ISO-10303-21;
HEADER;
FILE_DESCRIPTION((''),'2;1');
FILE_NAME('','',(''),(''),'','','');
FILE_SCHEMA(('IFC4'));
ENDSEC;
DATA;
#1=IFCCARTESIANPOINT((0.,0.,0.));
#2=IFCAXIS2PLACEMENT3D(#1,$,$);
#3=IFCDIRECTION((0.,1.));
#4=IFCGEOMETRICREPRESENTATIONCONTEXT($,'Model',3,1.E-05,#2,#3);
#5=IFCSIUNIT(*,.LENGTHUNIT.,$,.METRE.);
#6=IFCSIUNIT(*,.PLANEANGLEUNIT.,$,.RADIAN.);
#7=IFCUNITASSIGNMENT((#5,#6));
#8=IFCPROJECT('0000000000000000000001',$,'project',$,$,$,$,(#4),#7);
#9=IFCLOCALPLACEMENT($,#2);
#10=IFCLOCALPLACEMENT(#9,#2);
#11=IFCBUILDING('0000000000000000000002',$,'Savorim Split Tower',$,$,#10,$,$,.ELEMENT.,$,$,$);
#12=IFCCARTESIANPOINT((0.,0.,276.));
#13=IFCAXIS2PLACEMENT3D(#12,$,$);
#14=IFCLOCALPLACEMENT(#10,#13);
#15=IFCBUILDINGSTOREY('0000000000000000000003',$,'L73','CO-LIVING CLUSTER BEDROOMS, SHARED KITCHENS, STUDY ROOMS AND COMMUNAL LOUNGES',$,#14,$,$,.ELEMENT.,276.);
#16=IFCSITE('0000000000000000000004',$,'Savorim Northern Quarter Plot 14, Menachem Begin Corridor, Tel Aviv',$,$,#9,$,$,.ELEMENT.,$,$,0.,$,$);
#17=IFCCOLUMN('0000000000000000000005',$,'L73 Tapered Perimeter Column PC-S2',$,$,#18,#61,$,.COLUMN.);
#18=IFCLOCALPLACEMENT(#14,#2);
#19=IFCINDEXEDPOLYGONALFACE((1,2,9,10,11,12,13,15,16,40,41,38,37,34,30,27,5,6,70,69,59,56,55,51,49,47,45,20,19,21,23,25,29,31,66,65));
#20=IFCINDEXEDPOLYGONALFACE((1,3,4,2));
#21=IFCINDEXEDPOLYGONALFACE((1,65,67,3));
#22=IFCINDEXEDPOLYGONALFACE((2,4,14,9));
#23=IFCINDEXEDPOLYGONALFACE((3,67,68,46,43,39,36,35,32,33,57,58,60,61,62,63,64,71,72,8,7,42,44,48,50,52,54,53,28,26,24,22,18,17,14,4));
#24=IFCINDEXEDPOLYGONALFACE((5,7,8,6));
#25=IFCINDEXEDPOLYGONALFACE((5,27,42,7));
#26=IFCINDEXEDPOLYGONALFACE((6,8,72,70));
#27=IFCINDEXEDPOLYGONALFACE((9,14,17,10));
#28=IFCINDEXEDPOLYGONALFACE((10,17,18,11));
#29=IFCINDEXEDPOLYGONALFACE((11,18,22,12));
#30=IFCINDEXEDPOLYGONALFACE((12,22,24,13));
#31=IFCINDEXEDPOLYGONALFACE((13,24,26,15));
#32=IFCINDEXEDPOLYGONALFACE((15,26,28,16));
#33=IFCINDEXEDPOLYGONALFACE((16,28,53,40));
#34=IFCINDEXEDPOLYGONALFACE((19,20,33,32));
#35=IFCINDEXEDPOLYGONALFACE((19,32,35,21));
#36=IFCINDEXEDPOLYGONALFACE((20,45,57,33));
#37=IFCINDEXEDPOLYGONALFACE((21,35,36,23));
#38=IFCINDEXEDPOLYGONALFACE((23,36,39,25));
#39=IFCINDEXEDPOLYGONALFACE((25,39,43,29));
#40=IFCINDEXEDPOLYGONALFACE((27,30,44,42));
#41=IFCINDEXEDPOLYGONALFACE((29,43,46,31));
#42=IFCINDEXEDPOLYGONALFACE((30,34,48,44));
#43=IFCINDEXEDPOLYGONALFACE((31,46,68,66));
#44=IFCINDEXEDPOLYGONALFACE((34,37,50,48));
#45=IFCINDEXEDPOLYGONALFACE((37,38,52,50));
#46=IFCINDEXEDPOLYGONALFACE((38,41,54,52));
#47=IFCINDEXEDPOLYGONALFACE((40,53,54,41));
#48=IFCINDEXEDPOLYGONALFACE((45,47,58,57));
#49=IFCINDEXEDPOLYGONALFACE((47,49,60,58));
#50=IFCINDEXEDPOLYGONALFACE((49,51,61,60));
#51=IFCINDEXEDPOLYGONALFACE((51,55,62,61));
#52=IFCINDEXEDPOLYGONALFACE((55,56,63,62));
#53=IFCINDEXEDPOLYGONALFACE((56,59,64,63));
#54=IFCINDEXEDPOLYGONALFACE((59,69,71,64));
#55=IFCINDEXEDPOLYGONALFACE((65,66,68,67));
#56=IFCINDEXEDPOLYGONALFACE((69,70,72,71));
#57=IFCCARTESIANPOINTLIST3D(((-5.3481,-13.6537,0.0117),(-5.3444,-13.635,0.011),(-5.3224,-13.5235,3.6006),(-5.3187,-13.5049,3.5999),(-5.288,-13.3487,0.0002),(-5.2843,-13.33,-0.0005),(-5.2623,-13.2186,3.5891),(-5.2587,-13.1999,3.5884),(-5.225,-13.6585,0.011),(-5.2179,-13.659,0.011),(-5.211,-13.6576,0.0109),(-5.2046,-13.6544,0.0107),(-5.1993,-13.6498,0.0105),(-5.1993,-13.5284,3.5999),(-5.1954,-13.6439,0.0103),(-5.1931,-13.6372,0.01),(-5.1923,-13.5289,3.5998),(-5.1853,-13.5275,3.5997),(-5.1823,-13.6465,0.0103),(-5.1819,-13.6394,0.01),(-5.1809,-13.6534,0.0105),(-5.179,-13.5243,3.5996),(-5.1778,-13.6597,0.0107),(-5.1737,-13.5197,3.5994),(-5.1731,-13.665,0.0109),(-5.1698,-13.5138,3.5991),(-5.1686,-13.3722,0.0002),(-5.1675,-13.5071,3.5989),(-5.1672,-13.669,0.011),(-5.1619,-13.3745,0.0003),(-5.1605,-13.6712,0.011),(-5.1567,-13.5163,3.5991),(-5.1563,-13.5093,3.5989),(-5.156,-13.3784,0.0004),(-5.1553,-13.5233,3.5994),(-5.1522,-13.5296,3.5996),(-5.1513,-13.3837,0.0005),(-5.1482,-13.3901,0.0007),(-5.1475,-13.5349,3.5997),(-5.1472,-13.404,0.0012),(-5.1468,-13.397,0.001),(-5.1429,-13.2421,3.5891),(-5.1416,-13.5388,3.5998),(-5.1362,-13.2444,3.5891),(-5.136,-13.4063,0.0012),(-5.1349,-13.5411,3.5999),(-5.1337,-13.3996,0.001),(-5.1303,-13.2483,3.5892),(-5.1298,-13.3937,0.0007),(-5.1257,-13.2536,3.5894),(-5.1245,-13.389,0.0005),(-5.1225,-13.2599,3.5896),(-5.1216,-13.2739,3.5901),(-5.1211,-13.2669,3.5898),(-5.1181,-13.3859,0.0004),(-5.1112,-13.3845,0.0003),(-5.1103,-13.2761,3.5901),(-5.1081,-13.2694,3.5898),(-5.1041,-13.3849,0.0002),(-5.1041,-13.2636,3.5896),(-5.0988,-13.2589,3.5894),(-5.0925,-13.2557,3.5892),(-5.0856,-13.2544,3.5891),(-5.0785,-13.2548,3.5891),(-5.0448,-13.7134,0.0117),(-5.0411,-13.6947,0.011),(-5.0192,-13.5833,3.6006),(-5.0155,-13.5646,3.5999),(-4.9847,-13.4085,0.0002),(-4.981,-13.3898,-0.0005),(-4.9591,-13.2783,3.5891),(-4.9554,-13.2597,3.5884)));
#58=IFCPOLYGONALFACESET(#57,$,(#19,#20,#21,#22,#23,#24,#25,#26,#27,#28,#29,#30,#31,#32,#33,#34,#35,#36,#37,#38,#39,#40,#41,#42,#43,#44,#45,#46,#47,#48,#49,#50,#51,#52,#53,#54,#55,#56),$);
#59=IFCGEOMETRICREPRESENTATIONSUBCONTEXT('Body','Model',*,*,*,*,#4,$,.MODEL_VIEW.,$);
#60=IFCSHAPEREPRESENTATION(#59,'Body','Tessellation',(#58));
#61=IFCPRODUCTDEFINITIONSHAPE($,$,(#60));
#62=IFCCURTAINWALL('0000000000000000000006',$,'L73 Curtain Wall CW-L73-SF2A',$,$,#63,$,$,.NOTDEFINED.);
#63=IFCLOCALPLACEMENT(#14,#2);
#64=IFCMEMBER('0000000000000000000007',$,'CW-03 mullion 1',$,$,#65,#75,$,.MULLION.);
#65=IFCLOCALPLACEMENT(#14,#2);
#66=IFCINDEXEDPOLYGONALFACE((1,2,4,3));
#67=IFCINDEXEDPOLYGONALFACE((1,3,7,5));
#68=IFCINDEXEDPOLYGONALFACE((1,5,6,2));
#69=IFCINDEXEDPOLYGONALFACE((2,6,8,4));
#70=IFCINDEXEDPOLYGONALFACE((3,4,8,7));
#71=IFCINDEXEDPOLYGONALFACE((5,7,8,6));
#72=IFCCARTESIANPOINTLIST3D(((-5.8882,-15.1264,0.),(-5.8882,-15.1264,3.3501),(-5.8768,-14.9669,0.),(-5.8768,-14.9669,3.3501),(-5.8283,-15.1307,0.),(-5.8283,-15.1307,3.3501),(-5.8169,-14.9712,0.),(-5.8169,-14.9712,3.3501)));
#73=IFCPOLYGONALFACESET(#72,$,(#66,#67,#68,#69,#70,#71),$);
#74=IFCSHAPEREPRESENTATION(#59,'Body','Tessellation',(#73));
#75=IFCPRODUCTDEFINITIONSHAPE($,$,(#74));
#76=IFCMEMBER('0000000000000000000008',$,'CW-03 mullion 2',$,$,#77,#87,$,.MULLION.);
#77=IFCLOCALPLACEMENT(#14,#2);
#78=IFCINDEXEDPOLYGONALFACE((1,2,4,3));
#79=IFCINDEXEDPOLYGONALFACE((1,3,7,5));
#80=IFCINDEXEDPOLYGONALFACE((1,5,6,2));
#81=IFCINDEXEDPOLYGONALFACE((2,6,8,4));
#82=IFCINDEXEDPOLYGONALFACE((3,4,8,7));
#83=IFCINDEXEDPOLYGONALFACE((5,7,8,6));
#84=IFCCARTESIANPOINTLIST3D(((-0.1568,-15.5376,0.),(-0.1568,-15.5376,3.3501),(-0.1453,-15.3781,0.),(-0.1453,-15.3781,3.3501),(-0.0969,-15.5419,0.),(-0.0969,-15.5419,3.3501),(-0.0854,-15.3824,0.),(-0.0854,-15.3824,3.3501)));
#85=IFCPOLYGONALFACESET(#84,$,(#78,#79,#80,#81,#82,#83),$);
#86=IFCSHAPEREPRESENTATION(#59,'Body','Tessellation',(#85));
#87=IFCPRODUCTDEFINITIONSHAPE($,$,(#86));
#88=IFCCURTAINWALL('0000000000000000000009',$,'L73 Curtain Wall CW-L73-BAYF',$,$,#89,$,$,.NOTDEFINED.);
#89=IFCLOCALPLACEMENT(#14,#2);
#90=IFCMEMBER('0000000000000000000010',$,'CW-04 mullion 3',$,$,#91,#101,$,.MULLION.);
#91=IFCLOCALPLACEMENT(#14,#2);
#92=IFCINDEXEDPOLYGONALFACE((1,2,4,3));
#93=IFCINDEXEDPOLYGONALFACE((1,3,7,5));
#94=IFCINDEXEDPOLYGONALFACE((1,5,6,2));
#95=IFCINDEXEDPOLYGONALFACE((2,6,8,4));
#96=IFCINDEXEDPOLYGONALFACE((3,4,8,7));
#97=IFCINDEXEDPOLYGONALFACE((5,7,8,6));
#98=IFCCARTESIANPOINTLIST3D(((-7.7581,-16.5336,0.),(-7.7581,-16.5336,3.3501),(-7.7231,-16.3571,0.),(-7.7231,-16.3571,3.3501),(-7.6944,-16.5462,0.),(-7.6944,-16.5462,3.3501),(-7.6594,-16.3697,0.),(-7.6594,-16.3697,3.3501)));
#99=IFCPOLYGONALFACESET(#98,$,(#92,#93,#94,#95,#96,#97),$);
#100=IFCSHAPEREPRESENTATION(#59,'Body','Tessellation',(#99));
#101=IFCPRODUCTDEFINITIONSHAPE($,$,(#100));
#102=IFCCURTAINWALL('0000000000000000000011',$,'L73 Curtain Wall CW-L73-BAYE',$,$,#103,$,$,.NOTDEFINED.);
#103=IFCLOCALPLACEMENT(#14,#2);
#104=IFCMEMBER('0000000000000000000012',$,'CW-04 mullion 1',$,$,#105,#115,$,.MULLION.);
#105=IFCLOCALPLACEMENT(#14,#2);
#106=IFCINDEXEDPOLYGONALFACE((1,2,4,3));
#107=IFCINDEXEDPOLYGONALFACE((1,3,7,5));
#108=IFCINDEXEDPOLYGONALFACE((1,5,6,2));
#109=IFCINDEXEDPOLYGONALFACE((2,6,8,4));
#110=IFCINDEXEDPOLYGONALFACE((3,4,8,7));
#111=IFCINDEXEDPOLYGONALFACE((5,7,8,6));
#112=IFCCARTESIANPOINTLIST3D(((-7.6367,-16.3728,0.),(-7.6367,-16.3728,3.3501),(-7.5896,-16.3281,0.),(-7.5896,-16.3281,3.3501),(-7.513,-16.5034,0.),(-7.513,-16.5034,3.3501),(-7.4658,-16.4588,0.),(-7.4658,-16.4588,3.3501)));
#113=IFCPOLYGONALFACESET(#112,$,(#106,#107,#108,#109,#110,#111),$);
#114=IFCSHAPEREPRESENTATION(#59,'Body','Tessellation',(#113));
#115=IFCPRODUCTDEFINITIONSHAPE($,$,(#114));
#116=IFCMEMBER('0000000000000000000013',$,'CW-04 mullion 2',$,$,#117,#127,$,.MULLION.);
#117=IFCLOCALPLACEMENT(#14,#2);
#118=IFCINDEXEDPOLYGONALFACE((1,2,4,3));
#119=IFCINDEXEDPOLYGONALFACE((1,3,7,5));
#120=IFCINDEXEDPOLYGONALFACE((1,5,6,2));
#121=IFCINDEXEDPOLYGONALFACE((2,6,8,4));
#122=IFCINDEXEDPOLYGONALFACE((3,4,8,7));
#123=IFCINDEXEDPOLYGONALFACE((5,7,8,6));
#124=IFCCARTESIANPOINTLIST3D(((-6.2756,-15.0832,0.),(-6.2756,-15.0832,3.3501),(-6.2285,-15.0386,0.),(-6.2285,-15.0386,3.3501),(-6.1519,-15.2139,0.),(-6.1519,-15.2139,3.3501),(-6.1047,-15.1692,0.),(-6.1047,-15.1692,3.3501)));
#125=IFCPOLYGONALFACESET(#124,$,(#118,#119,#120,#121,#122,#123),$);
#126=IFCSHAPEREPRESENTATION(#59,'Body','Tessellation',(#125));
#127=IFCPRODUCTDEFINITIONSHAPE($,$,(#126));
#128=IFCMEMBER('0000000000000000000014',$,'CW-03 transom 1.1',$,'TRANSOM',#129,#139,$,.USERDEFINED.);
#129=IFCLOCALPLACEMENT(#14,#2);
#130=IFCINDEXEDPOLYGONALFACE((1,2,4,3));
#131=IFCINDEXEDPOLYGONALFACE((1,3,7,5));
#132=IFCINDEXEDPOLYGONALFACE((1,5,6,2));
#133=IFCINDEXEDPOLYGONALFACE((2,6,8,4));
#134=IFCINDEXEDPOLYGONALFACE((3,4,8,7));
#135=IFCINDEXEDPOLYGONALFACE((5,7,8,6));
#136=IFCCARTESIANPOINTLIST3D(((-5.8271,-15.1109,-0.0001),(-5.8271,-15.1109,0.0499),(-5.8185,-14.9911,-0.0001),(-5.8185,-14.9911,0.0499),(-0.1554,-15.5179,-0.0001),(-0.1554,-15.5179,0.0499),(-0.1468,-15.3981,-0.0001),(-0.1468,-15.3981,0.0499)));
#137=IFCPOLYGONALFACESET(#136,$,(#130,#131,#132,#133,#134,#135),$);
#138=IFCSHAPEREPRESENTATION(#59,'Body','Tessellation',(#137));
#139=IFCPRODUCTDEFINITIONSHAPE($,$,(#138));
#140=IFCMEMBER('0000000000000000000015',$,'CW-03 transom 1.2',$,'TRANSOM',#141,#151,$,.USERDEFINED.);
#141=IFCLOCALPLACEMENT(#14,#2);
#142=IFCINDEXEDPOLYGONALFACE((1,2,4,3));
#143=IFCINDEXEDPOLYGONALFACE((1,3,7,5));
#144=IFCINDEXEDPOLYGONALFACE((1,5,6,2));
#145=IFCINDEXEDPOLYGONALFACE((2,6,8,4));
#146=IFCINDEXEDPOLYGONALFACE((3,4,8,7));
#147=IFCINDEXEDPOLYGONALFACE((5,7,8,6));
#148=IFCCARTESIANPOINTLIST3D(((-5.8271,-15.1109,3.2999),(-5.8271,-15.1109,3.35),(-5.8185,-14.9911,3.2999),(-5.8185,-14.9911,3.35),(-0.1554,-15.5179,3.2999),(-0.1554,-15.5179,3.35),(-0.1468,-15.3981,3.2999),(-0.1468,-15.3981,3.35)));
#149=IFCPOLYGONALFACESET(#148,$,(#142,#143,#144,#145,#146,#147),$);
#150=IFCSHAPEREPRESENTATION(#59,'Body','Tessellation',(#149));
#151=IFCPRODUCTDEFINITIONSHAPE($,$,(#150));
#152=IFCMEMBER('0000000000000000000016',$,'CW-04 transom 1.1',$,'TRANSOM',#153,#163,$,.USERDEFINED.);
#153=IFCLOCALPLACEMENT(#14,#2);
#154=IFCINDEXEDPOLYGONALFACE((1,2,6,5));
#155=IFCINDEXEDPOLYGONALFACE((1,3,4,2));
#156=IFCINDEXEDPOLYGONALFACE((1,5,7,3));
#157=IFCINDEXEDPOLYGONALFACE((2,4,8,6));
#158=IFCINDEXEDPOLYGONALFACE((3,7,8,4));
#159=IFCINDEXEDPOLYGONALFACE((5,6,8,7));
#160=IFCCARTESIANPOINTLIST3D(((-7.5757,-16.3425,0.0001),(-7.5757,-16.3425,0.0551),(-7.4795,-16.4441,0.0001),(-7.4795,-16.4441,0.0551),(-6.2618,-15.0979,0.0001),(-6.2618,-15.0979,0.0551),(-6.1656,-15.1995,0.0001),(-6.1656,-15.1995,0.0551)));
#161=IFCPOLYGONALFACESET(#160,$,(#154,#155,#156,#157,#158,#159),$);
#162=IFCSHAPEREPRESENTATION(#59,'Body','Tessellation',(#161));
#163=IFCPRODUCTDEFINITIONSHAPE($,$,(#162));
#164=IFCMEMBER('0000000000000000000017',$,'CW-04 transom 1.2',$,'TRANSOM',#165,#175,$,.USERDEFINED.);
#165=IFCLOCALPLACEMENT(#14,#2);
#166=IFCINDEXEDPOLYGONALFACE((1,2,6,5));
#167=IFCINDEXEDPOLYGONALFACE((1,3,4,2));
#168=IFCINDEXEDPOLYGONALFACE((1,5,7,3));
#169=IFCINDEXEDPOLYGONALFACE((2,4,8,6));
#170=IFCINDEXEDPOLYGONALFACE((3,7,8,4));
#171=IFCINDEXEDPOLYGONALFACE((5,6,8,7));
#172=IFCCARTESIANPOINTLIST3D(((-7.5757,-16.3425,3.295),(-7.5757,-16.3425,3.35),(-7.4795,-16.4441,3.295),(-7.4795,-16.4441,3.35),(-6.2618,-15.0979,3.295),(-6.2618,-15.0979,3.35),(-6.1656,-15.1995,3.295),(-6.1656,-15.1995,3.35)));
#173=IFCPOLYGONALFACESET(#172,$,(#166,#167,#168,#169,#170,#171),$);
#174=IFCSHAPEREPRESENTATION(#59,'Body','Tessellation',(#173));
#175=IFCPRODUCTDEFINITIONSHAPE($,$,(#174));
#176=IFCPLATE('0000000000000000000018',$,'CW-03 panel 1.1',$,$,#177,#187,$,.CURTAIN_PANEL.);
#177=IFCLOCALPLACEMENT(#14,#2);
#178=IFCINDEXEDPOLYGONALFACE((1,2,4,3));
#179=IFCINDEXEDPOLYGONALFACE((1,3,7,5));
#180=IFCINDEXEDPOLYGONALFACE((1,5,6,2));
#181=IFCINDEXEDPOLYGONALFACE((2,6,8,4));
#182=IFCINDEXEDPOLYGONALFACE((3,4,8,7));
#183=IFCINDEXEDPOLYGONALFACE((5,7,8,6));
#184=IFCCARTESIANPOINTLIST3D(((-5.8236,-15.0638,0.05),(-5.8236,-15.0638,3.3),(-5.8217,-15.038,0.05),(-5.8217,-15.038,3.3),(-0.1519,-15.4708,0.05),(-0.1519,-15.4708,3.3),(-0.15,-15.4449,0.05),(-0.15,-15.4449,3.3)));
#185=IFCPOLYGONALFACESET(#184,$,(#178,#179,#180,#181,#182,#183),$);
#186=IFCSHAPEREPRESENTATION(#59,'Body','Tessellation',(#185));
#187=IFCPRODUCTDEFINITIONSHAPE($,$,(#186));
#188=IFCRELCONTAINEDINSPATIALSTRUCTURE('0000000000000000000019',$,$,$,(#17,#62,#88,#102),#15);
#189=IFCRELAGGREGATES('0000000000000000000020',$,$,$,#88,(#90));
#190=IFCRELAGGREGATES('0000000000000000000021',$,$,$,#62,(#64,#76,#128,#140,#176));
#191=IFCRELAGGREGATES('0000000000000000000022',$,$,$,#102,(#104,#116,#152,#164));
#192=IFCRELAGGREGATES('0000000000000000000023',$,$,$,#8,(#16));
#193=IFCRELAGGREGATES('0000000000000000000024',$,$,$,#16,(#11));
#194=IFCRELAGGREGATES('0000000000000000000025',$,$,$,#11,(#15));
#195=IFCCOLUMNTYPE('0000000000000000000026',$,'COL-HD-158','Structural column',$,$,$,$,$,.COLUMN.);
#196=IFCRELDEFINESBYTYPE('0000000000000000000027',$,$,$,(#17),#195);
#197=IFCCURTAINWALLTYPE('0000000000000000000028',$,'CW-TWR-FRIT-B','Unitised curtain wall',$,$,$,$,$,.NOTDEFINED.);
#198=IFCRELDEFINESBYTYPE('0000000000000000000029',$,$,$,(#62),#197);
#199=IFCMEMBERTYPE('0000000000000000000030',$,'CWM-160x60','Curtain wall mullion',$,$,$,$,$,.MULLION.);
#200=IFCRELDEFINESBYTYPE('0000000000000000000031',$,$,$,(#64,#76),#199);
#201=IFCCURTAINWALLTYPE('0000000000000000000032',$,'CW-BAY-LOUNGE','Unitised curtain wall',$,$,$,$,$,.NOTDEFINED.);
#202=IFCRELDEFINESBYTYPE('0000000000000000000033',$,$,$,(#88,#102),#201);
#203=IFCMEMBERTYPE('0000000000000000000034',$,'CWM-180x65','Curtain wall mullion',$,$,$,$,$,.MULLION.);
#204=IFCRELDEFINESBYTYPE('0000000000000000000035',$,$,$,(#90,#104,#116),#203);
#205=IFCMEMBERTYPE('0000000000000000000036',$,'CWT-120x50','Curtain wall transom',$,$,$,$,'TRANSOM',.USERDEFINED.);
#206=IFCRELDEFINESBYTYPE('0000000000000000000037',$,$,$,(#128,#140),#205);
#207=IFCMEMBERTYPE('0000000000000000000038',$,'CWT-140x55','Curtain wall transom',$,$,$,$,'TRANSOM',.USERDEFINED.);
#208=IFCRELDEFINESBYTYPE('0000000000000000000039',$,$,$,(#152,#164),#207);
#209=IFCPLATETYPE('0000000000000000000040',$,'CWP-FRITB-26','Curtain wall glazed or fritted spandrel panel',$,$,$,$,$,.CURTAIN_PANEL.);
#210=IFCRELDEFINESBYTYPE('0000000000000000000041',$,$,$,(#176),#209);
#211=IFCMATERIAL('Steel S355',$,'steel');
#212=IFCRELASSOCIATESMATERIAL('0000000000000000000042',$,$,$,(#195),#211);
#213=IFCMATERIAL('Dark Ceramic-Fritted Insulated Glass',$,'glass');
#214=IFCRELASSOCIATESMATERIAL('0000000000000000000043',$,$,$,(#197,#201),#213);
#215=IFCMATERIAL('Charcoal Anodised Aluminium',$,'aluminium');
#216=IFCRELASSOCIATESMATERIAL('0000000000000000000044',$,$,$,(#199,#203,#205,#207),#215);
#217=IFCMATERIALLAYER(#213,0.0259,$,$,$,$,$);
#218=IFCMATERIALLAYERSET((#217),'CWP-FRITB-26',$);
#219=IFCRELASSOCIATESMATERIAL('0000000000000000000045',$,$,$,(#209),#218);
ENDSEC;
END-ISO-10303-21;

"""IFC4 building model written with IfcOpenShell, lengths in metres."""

from ifc_helpers import new_model, si_unit, direction, frame, origin, origin_2d, place, context, subcontext, project, spatial, rectangle, i_section, extrude, material, layer, layer_set, material_profile, profile_set, type_object, element, aggregate, save


model = new_model("IFC4")

# Units and contexts
model_context = context("Model", 3, precision=1e-05, world=origin(), true_north=direction((0.0, 1.0)))
body_context = subcontext(model_context, "Body", "Model", "MODEL_VIEW")
ifc_project = project(units=[si_unit("LENGTHUNIT", "METRE"), si_unit("PLANEANGLEUNIT", "RADIAN")], contexts=[model_context])

# Site, building, storey
site_placement = place(None, origin())
site = spatial("IfcSite", under=ifc_project, at=site_placement, Name="Savorim Northern Quarter Plot 14, Menachem Begin Corridor, Tel Aviv", CompositionType="ELEMENT", RefElevation=0.0)
building_placement = place(site_placement, origin())
building = spatial("IfcBuilding", under=site, at=building_placement, Name="Savorim Split Tower", CompositionType="ELEMENT")
storey_placement = place(building_placement, frame((0.0, 0.0, 276.0)))
storey = spatial("IfcBuildingStorey", under=building, at=storey_placement, Name="L73", Description="CO-LIVING CLUSTER BEDROOMS, SHARED KITCHENS, STUDY ROOMS AND COMMUNAL LOUNGES", CompositionType="ELEMENT", Elevation=276.0)

# Column
ifc_material_1 = material(Name="Steel S355", Category="steel")
ifc_material_profile_1 = material_profile(ifc_material_1, i_section(OverallWidth=0.3091, OverallDepth=0.3301, WebThickness=0.0115, FlangeThickness=0.019, FilletRadius=0.0271, at=origin_2d()), Name="HD 320x158")
ifc_profile_set_1 = profile_set([ifc_material_profile_1], Name="Steel S355")
column_type = type_object("IfcColumnType", Name="COL-HD-158", Description="Structural column", PredefinedType="COLUMN", material=ifc_profile_set_1)
column_placement = place(storey_placement, frame((-5.1646, -13.5217, 0.0056), z_axis=(0.007138, 0.036234, 0.999318), x_axis=(-0.981143, 0.193283, 0.0)))
element("IfcColumn", 1, at=column_placement, inside=storey, type_object=column_type, Name="L73 Tapered Perimeter Column PC-S2", PredefinedType="COLUMN", context=body_context, shape_type="SweptSolid", body=[
    extrude(i_section(OverallWidth=0.3091, OverallDepth=0.3301, WebThickness=0.0115, FlangeThickness=0.019, FilletRadius=0.0271, at=origin_2d()), origin(), (0.0, 0.0, 1.0), 3.5913),
])

# Curtain wall, members
ifc_material_2 = material(Name="Dark Ceramic-Fritted Insulated Glass", Category="glass")
curtain_wall_type_1 = type_object("IfcCurtainWallType", Name="CW-TWR-FRIT-B", Description="Unitised curtain wall", PredefinedType="NOTDEFINED", material=ifc_material_2)
curtain_wall_1_placement = place(storey_placement, origin())
curtain_wall_1 = element("IfcCurtainWall", 2, at=curtain_wall_1_placement, inside=storey, type_object=curtain_wall_type_1, Name="L73 Curtain Wall CW-L73-SF2A", PredefinedType="NOTDEFINED")
ifc_material_3 = material(Name="Charcoal Anodised Aluminium", Category="aluminium")
ifc_material_profile_2 = material_profile(ifc_material_3, rectangle(XDim=0.1599, YDim=0.0601, at=origin_2d()), Name="ALU-M 160x60")
ifc_profile_set_2 = profile_set([ifc_material_profile_2], Name="Charcoal Anodised Aluminium")
member_type_1 = type_object("IfcMemberType", Name="CWM-160x60", Description="Curtain wall mullion", PredefinedType="MULLION", material=ifc_profile_set_2)
member_1_placement = place(storey_placement, frame((-5.8525, -15.0488, 0.0), z_axis=(0.0, 0.0, 1.0), x_axis=(0.071562, 0.997436, 0.0)))
member_1 = element("IfcMember", 3, at=member_1_placement, type_object=member_type_1, Name="CW-03 mullion 1", PredefinedType="MULLION", context=body_context, shape_type="SweptSolid", body=[
    extrude(rectangle(XDim=0.1599, YDim=0.0601, at=origin_2d()), origin(), (0.0, 0.0, 1.0), 3.3501),
])
member_2_placement = place(storey_placement, frame((-0.1211, -15.46, 0.0), z_axis=(0.0, 0.0, 1.0), x_axis=(0.071562, 0.997436, 0.0)))
member_2 = element("IfcMember", 4, at=member_2_placement, type_object=member_type_1, Name="CW-03 mullion 2", PredefinedType="MULLION", context=body_context, shape_type="SweptSolid", body=[
    extrude(rectangle(XDim=0.1599, YDim=0.0601, at=origin_2d()), origin(), (0.0, 0.0, 1.0), 3.3501),
])

# Curtain wall, member
curtain_wall_type_2 = type_object("IfcCurtainWallType", Name="CW-BAY-LOUNGE", Description="Unitised curtain wall", PredefinedType="NOTDEFINED", material=ifc_material_2)
curtain_wall_2_placement = place(storey_placement, origin())
curtain_wall_2 = element("IfcCurtainWall", 5, at=curtain_wall_2_placement, inside=storey, type_object=curtain_wall_type_2, Name="L73 Curtain Wall CW-L73-BAYF", PredefinedType="NOTDEFINED")
ifc_material_profile_3 = material_profile(ifc_material_3, rectangle(XDim=0.1799, YDim=0.0649, at=origin_2d()), Name="ALU-M 180x65")
ifc_profile_set_3 = profile_set([ifc_material_profile_3], Name="Charcoal Anodised Aluminium")
member_type_2 = type_object("IfcMemberType", Name="CWM-180x65", Description="Curtain wall mullion", PredefinedType="MULLION", material=ifc_profile_set_3)
member_3_placement = place(storey_placement, frame((-7.7087, -16.4517, 0.0), z_axis=(0.0, 0.0, 1.0), x_axis=(0.194484, 0.980906, 0.0)))
member_3 = element("IfcMember", 6, at=member_3_placement, type_object=member_type_2, Name="CW-04 mullion 3", PredefinedType="MULLION", context=body_context, shape_type="SweptSolid", body=[
    extrude(rectangle(XDim=0.1799, YDim=0.0649, at=origin_2d()), origin(), (0.0, 0.0, 1.0), 3.3501),
])
aggregate(curtain_wall_2, [member_3])

# Curtain wall, members
curtain_wall_3_placement = place(storey_placement, origin())
curtain_wall_3 = element("IfcCurtainWall", 7, at=curtain_wall_3_placement, inside=storey, type_object=curtain_wall_type_2, Name="L73 Curtain Wall CW-L73-BAYE", PredefinedType="NOTDEFINED")
member_4_placement = place(storey_placement, frame((-7.5513, -16.4158, 0.0), z_axis=(0.0, 0.0, 1.0), x_axis=(-0.68775, 0.725947, 0.0)))
member_4 = element("IfcMember", 8, at=member_4_placement, type_object=member_type_2, Name="CW-04 mullion 1", PredefinedType="MULLION", context=body_context, shape_type="SweptSolid", body=[
    extrude(rectangle(XDim=0.1799, YDim=0.0649, at=origin_2d()), origin(), (0.0, 0.0, 1.0), 3.3501),
])
member_5_placement = place(storey_placement, frame((-6.1902, -15.1262, 0.0), z_axis=(0.0, 0.0, 1.0), x_axis=(-0.68775, 0.725947, 0.0)))
member_5 = element("IfcMember", 9, at=member_5_placement, type_object=member_type_2, Name="CW-04 mullion 2", PredefinedType="MULLION", context=body_context, shape_type="SweptSolid", body=[
    extrude(rectangle(XDim=0.1799, YDim=0.0649, at=origin_2d()), origin(), (0.0, 0.0, 1.0), 3.3501),
])

# Members
ifc_material_profile_4 = material_profile(ifc_material_3, rectangle(XDim=0.1201, YDim=0.05, at=origin_2d()), Name="ALU-T 120x50")
ifc_profile_set_4 = profile_set([ifc_material_profile_4], Name="Charcoal Anodised Aluminium")
member_type_3 = type_object("IfcMemberType", Name="CWT-120x50", Description="Curtain wall transom", ElementType="TRANSOM", PredefinedType="USERDEFINED", material=ifc_profile_set_4)
member_6_placement = place(storey_placement, frame((-5.8228, -15.051, 0.0249), z_axis=(0.997435, -0.071574, 0.0), x_axis=(0.071574, 0.997435, 0.0)))
member_6 = element("IfcMember", 10, at=member_6_placement, type_object=member_type_3, Name="CW-03 transom 1.1", ObjectType="TRANSOM", PredefinedType="USERDEFINED", context=body_context, shape_type="SweptSolid", body=[
    extrude(rectangle(XDim=0.1201, YDim=0.05, at=origin_2d()), origin(), (0.0, 0.0, 1.0), 5.6863),
])
member_7_placement = place(storey_placement, frame((-5.8228, -15.051, 3.325), z_axis=(0.997435, -0.071574, 0.0), x_axis=(0.071574, 0.997435, 0.0)))
member_7 = element("IfcMember", 11, at=member_7_placement, type_object=member_type_3, Name="CW-03 transom 1.2", ObjectType="TRANSOM", PredefinedType="USERDEFINED", context=body_context, shape_type="SweptSolid", body=[
    extrude(rectangle(XDim=0.1201, YDim=0.05, at=origin_2d()), origin(), (0.0, 0.0, 1.0), 5.6863),
])
ifc_material_profile_5 = material_profile(ifc_material_3, rectangle(XDim=0.1399, YDim=0.0549, at=origin_2d()), Name="ALU-T 140x55")
ifc_profile_set_5 = profile_set([ifc_material_profile_5], Name="Charcoal Anodised Aluminium")
member_type_4 = type_object("IfcMemberType", Name="CWT-140x55", Description="Curtain wall transom", ElementType="TRANSOM", PredefinedType="USERDEFINED", material=ifc_profile_set_5)
member_8_placement = place(storey_placement, frame((-7.5276, -16.3933, 0.0276), z_axis=(0.726002, 0.687692, 0.0), x_axis=(-0.687692, 0.726002, 0.0)))
member_8 = element("IfcMember", 12, at=member_8_placement, type_object=member_type_4, Name="CW-04 transom 1.1", ObjectType="TRANSOM", PredefinedType="USERDEFINED", context=body_context, shape_type="SweptSolid", body=[
    extrude(rectangle(XDim=0.1399, YDim=0.0549, at=origin_2d()), origin(), (0.0, 0.0, 1.0), 1.8098),
])
member_9_placement = place(storey_placement, frame((-7.5276, -16.3933, 3.3225), z_axis=(0.726002, 0.687692, 0.0), x_axis=(-0.687692, 0.726002, 0.0)))
member_9 = element("IfcMember", 13, at=member_9_placement, type_object=member_type_4, Name="CW-04 transom 1.2", ObjectType="TRANSOM", PredefinedType="USERDEFINED", context=body_context, shape_type="SweptSolid", body=[
    extrude(rectangle(XDim=0.1399, YDim=0.0549, at=origin_2d()), origin(), (0.0, 0.0, 1.0), 1.8098),
])

# Plate
ifc_layer_1 = layer(ifc_material_2, 0.0259)
ifc_layer_set_1 = layer_set([ifc_layer_1], Name="CWP-FRITB-26")
plate_type_1 = type_object("IfcPlateType", Name="CWP-FRITB-26", Description="Curtain wall glazed or fritted spandrel panel", PredefinedType="CURTAIN_PANEL", material=ifc_layer_set_1)
plate_1_placement = place(storey_placement, frame((-2.9868, -15.2544, 0.05), z_axis=(0.0, 0.0, 1.0), x_axis=(0.997436, -0.071562, 0.0)))
plate_1 = element("IfcPlate", 14, at=plate_1_placement, type_object=plate_type_1, Name="CW-03 panel 1.1", PredefinedType="CURTAIN_PANEL", context=body_context, shape_type="SweptSolid", body=[
    extrude(rectangle(XDim=5.6863, YDim=0.0259, at=origin_2d()), origin(), (0.0, 0.0, 1.0), 3.25),
])
aggregate(curtain_wall_1, [member_1, member_2, member_6, member_7, plate_1])
aggregate(curtain_wall_3, [member_4, member_5, member_8, member_9])

save(model, "model.ifc")
